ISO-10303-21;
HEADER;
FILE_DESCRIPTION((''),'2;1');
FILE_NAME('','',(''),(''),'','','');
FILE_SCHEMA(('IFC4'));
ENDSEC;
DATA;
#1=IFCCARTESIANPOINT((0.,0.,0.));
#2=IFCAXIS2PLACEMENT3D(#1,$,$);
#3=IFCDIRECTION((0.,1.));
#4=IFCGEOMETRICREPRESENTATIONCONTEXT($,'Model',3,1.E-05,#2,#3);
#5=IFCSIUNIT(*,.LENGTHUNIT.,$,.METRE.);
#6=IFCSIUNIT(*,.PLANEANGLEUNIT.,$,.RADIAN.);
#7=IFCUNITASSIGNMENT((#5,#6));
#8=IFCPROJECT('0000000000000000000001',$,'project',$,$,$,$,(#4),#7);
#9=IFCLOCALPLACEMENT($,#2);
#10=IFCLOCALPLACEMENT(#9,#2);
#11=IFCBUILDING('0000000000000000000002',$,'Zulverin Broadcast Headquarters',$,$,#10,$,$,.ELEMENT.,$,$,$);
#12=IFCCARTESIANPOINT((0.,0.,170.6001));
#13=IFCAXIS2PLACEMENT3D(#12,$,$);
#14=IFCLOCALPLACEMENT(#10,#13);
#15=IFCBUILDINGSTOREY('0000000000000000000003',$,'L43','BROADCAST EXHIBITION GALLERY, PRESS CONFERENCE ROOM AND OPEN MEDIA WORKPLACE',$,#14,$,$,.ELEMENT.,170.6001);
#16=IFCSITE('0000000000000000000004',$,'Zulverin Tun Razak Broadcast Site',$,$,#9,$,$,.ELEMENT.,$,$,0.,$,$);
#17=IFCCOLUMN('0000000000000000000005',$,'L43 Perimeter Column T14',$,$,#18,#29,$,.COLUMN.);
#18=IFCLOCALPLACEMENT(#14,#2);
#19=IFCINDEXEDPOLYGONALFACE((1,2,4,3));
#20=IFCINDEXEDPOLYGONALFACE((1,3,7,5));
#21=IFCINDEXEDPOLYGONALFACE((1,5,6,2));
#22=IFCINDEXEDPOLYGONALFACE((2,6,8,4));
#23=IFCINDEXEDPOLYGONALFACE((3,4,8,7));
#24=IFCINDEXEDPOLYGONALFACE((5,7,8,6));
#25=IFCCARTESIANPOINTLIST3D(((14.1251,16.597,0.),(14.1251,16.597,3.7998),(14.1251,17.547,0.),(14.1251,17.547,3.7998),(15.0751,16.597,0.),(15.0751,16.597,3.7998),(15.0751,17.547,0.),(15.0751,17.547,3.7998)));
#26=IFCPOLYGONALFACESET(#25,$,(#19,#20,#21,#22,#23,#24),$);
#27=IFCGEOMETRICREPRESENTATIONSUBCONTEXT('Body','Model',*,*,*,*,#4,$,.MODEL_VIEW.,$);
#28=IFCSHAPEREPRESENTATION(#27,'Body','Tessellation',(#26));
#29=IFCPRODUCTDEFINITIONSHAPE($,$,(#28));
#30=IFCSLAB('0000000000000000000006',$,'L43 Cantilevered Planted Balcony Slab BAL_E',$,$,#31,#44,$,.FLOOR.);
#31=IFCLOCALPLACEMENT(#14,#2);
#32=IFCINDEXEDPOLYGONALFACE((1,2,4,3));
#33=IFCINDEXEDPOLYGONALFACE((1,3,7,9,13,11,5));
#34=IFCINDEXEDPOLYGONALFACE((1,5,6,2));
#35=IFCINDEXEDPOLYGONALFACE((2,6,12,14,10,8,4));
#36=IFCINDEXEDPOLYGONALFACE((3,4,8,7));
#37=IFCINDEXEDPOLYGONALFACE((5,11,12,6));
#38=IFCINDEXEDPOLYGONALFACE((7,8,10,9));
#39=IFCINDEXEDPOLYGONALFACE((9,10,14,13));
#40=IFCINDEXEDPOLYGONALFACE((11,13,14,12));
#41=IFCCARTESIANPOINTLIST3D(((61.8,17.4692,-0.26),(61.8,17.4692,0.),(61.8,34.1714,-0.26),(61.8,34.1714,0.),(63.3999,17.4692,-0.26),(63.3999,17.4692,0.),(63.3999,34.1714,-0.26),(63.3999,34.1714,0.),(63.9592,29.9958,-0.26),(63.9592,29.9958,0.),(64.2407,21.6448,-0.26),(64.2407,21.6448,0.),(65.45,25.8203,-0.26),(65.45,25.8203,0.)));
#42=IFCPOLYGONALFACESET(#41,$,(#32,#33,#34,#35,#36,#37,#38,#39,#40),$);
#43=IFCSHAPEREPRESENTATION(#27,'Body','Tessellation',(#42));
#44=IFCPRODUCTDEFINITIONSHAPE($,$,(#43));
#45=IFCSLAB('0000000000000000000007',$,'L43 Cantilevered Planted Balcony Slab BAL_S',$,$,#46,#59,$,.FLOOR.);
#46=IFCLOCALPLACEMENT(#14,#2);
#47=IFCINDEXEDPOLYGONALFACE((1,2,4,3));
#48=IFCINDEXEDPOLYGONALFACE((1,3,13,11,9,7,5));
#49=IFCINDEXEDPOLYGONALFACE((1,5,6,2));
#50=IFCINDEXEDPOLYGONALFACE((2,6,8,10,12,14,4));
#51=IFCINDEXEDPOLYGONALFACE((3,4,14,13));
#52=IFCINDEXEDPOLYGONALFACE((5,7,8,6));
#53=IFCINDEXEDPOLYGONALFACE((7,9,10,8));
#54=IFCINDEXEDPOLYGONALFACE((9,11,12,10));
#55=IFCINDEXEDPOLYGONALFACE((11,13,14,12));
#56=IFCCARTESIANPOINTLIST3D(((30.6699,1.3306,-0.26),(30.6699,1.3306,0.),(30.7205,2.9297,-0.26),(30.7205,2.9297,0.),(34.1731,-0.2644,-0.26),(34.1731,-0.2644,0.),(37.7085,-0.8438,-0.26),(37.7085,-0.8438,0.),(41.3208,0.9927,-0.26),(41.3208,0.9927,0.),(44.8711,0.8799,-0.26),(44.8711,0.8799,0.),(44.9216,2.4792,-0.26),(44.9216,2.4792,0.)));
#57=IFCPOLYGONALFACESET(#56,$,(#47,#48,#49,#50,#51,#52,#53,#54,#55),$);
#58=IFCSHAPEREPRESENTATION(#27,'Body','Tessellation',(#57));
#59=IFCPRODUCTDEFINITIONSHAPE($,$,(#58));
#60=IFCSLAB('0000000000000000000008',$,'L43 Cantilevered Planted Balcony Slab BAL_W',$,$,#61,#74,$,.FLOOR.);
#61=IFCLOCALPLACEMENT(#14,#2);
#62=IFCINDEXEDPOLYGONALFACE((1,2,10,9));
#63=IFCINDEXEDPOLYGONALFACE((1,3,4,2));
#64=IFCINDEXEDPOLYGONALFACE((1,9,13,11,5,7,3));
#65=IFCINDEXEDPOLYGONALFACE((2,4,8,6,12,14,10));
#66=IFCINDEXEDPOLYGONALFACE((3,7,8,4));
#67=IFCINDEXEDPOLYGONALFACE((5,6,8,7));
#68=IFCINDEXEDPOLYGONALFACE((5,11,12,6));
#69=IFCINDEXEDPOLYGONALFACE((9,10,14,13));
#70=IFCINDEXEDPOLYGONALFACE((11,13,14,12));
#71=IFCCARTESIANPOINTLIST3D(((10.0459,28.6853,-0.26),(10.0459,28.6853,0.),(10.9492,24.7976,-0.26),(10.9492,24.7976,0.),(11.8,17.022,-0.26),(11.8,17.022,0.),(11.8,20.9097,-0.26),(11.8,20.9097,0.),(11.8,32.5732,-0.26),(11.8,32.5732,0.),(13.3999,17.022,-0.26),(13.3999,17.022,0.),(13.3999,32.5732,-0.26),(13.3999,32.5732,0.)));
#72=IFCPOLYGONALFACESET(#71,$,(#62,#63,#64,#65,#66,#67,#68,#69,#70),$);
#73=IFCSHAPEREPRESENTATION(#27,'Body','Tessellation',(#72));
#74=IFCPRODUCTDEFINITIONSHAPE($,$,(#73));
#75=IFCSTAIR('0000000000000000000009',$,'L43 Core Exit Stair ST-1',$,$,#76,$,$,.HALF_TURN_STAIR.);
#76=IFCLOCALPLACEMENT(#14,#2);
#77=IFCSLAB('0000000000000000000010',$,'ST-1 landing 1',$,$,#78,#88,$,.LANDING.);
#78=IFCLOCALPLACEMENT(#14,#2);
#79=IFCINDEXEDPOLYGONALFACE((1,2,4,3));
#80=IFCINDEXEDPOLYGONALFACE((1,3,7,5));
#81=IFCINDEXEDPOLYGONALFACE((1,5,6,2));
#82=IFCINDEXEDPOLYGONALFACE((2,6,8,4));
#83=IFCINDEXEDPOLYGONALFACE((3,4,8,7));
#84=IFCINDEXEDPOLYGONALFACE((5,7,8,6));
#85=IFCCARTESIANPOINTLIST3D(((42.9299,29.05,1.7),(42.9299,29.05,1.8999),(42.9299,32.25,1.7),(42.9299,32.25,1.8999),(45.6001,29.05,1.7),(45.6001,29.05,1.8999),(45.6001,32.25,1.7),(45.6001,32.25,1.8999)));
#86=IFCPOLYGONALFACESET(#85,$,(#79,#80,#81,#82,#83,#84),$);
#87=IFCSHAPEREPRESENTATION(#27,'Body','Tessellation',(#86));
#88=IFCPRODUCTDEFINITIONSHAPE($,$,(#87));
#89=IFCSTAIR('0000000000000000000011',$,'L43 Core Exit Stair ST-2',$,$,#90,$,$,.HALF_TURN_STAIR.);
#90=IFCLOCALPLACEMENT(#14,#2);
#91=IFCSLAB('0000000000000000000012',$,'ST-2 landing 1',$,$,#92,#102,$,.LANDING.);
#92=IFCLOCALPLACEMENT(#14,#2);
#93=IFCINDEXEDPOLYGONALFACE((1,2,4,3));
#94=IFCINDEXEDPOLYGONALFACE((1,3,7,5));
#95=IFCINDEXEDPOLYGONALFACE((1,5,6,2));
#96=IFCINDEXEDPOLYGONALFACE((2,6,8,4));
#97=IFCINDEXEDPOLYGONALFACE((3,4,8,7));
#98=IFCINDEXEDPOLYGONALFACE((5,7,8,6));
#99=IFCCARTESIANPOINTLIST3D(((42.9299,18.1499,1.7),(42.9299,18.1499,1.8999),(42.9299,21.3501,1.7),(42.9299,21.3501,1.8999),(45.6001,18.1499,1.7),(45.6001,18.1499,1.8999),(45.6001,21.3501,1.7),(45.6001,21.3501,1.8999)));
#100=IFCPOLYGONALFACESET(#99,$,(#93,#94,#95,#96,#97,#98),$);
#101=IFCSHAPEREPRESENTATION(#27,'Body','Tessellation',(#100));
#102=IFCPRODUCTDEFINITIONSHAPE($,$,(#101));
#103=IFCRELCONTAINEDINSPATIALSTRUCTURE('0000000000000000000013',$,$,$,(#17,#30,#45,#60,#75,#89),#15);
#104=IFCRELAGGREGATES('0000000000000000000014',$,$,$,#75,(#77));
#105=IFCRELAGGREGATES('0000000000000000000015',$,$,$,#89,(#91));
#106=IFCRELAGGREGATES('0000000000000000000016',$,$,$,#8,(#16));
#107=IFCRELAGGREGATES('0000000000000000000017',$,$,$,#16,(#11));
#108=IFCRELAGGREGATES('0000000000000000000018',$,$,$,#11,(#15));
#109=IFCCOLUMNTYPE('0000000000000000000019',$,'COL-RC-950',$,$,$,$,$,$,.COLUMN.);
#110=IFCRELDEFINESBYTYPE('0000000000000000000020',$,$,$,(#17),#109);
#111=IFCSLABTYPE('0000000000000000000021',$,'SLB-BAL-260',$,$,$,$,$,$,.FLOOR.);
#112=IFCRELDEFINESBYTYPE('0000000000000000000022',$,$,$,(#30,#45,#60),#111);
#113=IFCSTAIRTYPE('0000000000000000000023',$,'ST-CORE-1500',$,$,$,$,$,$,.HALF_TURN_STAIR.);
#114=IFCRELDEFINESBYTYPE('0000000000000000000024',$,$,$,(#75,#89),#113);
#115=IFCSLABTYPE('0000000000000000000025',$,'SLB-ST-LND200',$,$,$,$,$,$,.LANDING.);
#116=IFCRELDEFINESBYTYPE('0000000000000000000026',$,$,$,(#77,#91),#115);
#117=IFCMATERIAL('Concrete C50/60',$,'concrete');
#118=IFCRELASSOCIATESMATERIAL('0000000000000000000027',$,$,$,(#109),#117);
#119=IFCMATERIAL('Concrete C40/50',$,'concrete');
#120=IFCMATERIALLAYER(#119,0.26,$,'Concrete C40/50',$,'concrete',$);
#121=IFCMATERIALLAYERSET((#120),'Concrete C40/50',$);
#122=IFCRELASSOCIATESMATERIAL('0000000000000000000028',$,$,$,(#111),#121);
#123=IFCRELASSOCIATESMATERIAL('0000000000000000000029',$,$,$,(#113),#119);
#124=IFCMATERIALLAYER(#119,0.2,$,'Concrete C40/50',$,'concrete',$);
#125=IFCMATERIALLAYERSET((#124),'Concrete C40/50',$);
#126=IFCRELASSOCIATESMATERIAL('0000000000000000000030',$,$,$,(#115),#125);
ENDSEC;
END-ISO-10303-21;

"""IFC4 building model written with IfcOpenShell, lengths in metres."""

from ifc_helpers import new_model, si_unit, direction, frame, origin, origin_2d, place, context, subcontext, project, spatial, polyline, rectangle, outline, extrude, material, layer, layer_set, material_profile, profile_set, type_object, element, aggregate, save


model = new_model("IFC4")

# Units and contexts
model_context = context("Model", 3, precision=1e-05, world=origin(), true_north=direction((0.0, 1.0)))
body_context = subcontext(model_context, "Body", "Model", "MODEL_VIEW")
ifc_project = project(units=[si_unit("LENGTHUNIT", "METRE"), si_unit("PLANEANGLEUNIT", "RADIAN")], contexts=[model_context])

# Site, building, storey
site_placement = place(None, origin())
site = spatial("IfcSite", under=ifc_project, at=site_placement, Name="Zulverin Tun Razak Broadcast Site", CompositionType="ELEMENT", RefElevation=0.0)
building_placement = place(site_placement, origin())
building = spatial("IfcBuilding", under=site, at=building_placement, Name="Zulverin Broadcast Headquarters", CompositionType="ELEMENT")
storey_placement = place(building_placement, frame((0.0, 0.0, 170.6001)))
storey = spatial("IfcBuildingStorey", under=building, at=storey_placement, Name="L43", Description="BROADCAST EXHIBITION GALLERY, PRESS CONFERENCE ROOM AND OPEN MEDIA WORKPLACE", CompositionType="ELEMENT", Elevation=170.6001)

# Column
ifc_material_1 = material(Name="Concrete C50/60", Category="concrete")
ifc_material_profile = material_profile(ifc_material_1, rectangle(XDim=0.95, YDim=0.95, at=origin_2d()), Name="Concrete C50/60", Category="concrete")
ifc_profile_set = profile_set([ifc_material_profile], Name="Concrete C50/60")
column_type = type_object("IfcColumnType", Name="COL-RC-950", PredefinedType="COLUMN", material=ifc_profile_set)
column_placement = place(storey_placement, frame((14.6001, 17.072, 0.0), z_axis=(0.0, 0.0, 1.0), x_axis=(1.0, 0.0, 0.0)))
element("IfcColumn", 1, at=column_placement, inside=storey, type_object=column_type, Name="L43 Perimeter Column T14", PredefinedType="COLUMN", context=body_context, shape_type="SweptSolid", body=[
    extrude(rectangle(XDim=0.95, YDim=0.95, at=origin_2d()), origin(), (0.0, 0.0, 1.0), 3.7998),
])

# Slabs
ifc_material_2 = material(Name="Concrete C40/50", Category="concrete")
ifc_layer_1 = layer(ifc_material_2, 0.26, Name="Concrete C40/50", Category="concrete")
ifc_layer_set_1 = layer_set([ifc_layer_1], Name="Concrete C40/50")
slab_type_1 = type_object("IfcSlabType", Name="SLB-BAL-260", PredefinedType="FLOOR", material=ifc_layer_set_1)
slab_1_placement = place(storey_placement, frame((0.0, 0.0, -0.26)))
element("IfcSlab", 2, at=slab_1_placement, inside=storey, type_object=slab_type_1, Name="L43 Cantilevered Planted Balcony Slab BAL_E", PredefinedType="FLOOR", context=body_context, shape_type="SweptSolid", body=[
    extrude(outline(polyline([(61.8, 34.1714), (61.8, 17.4692), (63.3999, 17.4692), (64.2407, 21.6448), (65.45, 25.8203), (63.9592, 29.9958), (63.3999, 34.1714), (61.8, 34.1714)])), origin(), (0.0, 0.0, 1.0), 0.26),
])
slab_2_placement = place(storey_placement, frame((0.0, 0.0, -0.26)))
element("IfcSlab", 3, at=slab_2_placement, inside=storey, type_object=slab_type_1, Name="L43 Cantilevered Planted Balcony Slab BAL_S", PredefinedType="FLOOR", context=body_context, shape_type="SweptSolid", body=[
    extrude(outline(polyline([(44.9216, 2.4792), (30.7205, 2.9297), (30.6699, 1.3306), (34.1731, -0.2644), (37.7085, -0.8438), (41.3208, 0.9927), (44.8711, 0.8799), (44.9216, 2.4792)])), origin(), (0.0, 0.0, 1.0), 0.26),
])
slab_3_placement = place(storey_placement, frame((0.0, 0.0, -0.26)))
element("IfcSlab", 4, at=slab_3_placement, inside=storey, type_object=slab_type_1, Name="L43 Cantilevered Planted Balcony Slab BAL_W", PredefinedType="FLOOR", context=body_context, shape_type="SweptSolid", body=[
    extrude(outline(polyline([(13.3999, 17.022), (13.3999, 32.5732), (11.8, 32.5732), (10.0459, 28.6853), (10.9492, 24.7976), (11.8, 20.9097), (11.8, 17.022), (13.3999, 17.022)])), origin(), (0.0, 0.0, 1.0), 0.26),
])

# Stairs, slabs
stair_type = type_object("IfcStairType", Name="ST-CORE-1500", PredefinedType="HALF_TURN_STAIR", material=ifc_material_2)
stair_1_placement = place(storey_placement, origin())
stair_1 = element("IfcStair", 5, at=stair_1_placement, inside=storey, type_object=stair_type, Name="L43 Core Exit Stair ST-1", PredefinedType="HALF_TURN_STAIR")
ifc_layer_2 = layer(ifc_material_2, 0.2, Name="Concrete C40/50", Category="concrete")
ifc_layer_set_2 = layer_set([ifc_layer_2], Name="Concrete C40/50")
slab_type_2 = type_object("IfcSlabType", Name="SLB-ST-LND200", PredefinedType="LANDING", material=ifc_layer_set_2)
slab_4_placement = place(storey_placement, frame((0.0, 0.0, 1.7)))
slab_4 = element("IfcSlab", 6, at=slab_4_placement, type_object=slab_type_2, Name="ST-1 landing 1", PredefinedType="LANDING", context=body_context, shape_type="SweptSolid", body=[
    extrude(outline(polyline([(42.9299, 29.05), (45.6001, 29.05), (45.6001, 32.25), (42.9299, 32.25), (42.9299, 29.05)])), origin(), (0.0, 0.0, 1.0), 0.2),
])
aggregate(stair_1, [slab_4])
stair_2_placement = place(storey_placement, origin())
stair_2 = element("IfcStair", 7, at=stair_2_placement, inside=storey, type_object=stair_type, Name="L43 Core Exit Stair ST-2", PredefinedType="HALF_TURN_STAIR")
slab_5_placement = place(storey_placement, frame((0.0, 0.0, 1.7)))
slab_5 = element("IfcSlab", 8, at=slab_5_placement, type_object=slab_type_2, Name="ST-2 landing 1", PredefinedType="LANDING", context=body_context, shape_type="SweptSolid", body=[
    extrude(outline(polyline([(42.9299, 18.1499), (45.6001, 18.1499), (45.6001, 21.3501), (42.9299, 21.3501), (42.9299, 18.1499)])), origin(), (0.0, 0.0, 1.0), 0.2),
])
aggregate(stair_2, [slab_5])

save(model, "model.ifc")
